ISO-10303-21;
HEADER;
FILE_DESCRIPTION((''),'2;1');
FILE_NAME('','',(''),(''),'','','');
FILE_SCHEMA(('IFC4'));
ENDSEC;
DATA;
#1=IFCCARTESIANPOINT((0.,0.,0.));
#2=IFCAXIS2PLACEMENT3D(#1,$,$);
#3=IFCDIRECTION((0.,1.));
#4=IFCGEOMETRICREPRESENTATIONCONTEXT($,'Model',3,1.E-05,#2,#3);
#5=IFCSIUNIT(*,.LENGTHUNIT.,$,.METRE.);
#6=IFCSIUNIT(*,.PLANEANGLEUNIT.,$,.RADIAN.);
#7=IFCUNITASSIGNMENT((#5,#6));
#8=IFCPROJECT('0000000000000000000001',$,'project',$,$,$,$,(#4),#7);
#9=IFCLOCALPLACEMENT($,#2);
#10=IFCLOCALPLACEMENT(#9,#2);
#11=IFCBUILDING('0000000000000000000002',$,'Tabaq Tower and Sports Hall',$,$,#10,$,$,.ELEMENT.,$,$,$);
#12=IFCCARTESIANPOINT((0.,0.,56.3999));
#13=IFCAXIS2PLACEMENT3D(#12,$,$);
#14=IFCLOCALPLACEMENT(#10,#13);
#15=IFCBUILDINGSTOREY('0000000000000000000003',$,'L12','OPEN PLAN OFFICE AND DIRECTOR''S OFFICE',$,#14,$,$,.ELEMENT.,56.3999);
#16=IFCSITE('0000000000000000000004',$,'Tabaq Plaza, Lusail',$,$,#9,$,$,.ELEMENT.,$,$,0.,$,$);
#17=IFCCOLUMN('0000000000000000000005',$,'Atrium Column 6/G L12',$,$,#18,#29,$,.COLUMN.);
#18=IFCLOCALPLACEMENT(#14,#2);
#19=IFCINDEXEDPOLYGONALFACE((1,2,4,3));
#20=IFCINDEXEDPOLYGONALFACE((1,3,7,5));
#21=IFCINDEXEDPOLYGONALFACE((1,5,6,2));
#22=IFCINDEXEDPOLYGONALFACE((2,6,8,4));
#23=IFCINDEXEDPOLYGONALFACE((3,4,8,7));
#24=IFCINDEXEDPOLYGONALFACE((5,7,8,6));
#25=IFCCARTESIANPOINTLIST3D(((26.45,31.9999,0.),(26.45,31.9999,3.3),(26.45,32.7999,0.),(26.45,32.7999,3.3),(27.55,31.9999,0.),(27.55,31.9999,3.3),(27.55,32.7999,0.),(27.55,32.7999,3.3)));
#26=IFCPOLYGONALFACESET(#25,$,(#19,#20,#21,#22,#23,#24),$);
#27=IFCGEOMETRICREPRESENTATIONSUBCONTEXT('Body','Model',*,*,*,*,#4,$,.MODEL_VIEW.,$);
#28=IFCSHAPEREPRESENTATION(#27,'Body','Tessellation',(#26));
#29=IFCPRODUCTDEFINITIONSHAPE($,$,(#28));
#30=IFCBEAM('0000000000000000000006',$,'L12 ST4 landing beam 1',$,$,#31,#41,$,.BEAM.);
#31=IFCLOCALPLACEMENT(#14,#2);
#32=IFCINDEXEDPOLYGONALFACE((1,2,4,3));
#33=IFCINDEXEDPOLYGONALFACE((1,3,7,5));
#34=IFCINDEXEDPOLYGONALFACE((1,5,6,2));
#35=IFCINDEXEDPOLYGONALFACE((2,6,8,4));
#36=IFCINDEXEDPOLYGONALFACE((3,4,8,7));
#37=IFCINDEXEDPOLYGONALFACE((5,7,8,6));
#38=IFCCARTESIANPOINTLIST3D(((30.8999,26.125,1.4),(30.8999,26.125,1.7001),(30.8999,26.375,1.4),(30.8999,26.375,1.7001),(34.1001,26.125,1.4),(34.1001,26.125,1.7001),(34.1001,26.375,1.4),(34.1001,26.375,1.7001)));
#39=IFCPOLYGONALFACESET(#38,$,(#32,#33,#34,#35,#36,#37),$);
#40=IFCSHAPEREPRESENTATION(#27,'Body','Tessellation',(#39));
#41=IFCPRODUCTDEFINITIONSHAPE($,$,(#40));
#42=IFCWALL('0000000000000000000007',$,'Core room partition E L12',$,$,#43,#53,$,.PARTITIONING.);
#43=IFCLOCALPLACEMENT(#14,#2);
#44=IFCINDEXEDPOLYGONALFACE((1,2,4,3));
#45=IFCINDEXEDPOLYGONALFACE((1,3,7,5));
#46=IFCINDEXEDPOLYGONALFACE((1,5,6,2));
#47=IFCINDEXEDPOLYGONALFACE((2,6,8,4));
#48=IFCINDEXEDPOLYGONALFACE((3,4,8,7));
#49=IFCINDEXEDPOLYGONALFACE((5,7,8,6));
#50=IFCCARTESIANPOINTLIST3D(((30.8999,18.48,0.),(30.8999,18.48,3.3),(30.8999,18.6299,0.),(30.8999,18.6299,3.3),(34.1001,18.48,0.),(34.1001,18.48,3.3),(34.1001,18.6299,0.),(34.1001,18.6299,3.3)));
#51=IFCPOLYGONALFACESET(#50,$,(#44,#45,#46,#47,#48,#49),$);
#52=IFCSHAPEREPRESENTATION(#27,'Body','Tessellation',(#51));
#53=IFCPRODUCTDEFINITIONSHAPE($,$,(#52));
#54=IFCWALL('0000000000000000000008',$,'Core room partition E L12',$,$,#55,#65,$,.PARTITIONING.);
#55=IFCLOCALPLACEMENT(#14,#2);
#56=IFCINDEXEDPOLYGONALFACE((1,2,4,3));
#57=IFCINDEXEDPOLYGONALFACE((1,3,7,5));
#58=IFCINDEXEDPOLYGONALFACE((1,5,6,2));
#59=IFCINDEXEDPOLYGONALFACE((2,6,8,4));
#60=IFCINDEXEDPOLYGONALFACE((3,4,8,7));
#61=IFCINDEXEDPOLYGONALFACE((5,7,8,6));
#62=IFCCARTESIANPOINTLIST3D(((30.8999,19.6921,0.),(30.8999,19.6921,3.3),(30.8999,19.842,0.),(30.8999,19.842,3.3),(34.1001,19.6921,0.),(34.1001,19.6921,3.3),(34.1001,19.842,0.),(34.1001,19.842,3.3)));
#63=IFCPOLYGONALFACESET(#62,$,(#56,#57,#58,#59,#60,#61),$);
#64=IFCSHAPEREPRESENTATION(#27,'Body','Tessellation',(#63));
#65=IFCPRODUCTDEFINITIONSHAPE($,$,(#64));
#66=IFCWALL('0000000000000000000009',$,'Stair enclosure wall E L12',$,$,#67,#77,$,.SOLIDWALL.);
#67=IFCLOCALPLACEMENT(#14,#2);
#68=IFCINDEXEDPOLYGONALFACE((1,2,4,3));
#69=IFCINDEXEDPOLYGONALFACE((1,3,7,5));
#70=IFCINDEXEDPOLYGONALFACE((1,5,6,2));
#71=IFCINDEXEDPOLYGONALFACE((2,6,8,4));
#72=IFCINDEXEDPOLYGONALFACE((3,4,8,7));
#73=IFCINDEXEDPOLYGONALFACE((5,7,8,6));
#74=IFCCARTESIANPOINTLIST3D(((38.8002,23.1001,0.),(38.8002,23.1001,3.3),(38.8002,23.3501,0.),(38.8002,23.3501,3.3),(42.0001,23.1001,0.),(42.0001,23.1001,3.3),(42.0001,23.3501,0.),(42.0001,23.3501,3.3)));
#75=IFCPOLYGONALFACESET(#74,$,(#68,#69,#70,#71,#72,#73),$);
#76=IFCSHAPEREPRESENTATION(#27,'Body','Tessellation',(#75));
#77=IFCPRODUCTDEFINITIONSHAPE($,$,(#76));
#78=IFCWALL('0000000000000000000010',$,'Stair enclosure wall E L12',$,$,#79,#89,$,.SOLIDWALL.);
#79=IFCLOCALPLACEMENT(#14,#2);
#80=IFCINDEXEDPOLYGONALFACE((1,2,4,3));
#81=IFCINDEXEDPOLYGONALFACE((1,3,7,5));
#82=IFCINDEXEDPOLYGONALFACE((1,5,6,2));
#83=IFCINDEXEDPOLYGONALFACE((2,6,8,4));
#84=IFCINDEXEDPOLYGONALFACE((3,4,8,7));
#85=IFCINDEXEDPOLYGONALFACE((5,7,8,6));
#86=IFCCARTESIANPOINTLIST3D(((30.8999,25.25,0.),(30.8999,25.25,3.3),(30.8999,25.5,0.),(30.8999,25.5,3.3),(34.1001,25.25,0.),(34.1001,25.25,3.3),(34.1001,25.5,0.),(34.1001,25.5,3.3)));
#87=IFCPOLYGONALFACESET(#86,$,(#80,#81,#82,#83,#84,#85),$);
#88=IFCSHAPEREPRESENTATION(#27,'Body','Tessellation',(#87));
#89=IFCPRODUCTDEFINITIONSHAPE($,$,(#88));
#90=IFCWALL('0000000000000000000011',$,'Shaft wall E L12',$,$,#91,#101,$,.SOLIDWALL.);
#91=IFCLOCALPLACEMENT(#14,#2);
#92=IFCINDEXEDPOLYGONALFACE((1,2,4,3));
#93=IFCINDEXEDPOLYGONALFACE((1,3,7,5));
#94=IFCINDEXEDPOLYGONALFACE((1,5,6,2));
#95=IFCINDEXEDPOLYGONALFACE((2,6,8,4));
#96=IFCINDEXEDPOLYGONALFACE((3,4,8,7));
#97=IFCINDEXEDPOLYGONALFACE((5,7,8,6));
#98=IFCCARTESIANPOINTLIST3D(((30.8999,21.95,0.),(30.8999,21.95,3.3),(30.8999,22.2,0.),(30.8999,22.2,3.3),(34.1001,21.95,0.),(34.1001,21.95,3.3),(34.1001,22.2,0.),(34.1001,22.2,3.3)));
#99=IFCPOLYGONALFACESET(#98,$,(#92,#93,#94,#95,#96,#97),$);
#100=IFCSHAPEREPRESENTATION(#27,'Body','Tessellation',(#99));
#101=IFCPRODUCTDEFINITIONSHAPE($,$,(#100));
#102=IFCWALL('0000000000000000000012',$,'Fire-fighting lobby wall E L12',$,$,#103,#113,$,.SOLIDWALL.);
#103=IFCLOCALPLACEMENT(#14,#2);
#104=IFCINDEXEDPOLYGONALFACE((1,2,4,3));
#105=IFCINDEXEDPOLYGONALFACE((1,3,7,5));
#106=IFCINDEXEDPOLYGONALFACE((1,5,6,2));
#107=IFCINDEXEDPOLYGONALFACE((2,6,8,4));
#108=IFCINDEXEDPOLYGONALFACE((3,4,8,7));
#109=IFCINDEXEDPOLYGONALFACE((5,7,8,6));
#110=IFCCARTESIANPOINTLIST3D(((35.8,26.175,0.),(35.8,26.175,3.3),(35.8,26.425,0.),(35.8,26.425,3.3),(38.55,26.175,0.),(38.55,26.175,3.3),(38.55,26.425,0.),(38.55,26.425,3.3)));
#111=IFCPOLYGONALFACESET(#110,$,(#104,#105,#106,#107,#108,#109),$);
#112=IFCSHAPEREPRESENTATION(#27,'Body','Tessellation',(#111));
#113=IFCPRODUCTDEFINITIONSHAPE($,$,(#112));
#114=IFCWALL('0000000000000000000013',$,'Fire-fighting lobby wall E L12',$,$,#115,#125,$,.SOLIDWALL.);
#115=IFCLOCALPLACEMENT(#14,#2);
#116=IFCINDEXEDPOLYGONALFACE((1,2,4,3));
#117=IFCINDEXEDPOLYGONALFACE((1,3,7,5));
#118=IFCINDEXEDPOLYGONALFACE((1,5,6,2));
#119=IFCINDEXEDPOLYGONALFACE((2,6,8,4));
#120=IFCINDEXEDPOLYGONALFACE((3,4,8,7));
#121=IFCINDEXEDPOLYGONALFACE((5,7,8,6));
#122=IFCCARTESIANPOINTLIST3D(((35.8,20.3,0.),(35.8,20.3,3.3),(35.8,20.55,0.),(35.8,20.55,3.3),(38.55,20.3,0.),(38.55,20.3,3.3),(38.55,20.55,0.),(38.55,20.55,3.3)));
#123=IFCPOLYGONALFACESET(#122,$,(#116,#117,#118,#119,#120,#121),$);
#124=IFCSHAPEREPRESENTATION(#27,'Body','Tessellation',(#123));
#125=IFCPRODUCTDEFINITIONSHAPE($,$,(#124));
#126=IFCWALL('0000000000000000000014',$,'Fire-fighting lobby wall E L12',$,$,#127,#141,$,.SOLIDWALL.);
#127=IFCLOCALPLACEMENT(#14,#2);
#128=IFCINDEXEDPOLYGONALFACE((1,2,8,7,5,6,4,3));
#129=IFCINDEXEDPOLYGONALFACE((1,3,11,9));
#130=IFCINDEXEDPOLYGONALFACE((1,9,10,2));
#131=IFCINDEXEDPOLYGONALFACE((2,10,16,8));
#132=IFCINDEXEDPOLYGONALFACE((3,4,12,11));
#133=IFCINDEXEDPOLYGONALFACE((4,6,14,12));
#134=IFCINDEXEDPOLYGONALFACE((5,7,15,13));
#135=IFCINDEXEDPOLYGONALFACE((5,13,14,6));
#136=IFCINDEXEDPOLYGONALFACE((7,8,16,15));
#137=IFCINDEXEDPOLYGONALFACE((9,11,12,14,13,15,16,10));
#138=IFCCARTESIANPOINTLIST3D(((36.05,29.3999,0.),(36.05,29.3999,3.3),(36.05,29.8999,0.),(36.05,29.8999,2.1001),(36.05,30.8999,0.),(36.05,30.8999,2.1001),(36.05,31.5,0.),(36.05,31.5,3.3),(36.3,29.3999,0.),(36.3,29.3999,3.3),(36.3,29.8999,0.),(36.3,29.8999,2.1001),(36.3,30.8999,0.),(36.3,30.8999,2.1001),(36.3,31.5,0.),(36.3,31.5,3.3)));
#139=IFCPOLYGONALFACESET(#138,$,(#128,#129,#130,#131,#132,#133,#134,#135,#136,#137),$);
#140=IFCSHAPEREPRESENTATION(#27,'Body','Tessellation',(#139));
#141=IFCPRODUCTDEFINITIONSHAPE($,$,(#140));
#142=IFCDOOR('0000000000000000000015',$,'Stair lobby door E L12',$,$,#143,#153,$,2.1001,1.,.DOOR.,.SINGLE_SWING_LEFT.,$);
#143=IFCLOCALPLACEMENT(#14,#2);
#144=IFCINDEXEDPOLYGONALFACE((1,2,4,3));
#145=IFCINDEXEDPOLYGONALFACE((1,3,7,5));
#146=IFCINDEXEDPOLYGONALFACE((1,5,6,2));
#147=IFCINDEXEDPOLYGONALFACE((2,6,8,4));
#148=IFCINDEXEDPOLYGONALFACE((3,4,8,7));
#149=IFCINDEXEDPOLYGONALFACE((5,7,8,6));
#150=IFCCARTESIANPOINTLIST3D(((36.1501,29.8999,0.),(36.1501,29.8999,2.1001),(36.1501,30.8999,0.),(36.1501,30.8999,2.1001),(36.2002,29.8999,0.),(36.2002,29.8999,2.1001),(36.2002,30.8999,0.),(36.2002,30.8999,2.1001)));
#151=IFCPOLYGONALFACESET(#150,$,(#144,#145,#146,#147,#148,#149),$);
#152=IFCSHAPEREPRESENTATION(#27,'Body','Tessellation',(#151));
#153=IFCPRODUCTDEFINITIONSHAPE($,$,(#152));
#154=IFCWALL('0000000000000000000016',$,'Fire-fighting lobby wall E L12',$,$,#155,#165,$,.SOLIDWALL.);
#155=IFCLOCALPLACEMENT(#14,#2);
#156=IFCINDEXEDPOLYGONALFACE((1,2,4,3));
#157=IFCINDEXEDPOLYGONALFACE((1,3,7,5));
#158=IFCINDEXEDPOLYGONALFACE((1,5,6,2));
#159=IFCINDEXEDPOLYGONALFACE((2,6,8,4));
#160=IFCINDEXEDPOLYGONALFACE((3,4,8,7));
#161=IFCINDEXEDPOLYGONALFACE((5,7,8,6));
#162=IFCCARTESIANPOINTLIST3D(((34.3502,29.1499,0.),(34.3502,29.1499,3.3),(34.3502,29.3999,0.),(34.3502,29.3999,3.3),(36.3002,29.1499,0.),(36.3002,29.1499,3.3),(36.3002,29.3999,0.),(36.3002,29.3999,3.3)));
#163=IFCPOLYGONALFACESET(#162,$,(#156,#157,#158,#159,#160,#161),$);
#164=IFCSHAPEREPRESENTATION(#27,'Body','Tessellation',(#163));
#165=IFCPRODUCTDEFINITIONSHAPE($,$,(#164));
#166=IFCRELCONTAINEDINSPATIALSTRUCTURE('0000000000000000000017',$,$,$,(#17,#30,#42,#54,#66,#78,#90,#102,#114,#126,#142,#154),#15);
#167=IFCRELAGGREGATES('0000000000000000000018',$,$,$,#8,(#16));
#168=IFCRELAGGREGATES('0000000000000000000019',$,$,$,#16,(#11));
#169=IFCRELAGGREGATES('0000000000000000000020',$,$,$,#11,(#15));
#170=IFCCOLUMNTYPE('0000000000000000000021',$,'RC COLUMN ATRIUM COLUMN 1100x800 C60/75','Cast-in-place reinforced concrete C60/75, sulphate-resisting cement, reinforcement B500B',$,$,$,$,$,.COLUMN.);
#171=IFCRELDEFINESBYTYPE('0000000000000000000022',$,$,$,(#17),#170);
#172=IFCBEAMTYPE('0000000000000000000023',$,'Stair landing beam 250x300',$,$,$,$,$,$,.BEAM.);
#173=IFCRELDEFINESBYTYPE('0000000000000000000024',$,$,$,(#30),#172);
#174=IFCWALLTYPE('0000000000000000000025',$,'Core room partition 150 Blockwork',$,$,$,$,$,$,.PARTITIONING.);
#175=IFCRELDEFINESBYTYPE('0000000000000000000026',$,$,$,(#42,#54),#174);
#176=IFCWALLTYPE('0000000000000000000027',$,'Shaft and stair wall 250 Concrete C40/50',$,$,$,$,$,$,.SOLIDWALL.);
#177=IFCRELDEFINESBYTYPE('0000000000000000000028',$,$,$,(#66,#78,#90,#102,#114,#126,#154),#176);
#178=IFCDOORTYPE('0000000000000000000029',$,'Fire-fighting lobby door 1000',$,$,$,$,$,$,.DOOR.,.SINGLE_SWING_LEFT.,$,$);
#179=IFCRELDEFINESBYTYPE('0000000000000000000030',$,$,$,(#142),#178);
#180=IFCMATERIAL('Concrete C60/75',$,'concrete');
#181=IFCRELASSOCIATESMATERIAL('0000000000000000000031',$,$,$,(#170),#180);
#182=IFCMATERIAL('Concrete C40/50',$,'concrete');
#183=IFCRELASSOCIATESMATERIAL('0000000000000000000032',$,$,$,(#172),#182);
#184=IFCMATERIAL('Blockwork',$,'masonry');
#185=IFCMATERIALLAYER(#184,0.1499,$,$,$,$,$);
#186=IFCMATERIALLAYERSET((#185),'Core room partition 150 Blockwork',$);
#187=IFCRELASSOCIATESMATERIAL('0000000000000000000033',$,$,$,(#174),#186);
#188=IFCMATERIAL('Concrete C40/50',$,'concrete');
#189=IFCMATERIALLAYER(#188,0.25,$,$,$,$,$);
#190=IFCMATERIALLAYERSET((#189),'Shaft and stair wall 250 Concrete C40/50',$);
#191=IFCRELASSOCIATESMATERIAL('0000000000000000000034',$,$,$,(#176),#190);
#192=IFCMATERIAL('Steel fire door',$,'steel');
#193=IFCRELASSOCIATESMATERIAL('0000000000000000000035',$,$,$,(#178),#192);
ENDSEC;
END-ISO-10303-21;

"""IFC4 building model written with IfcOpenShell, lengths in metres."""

from ifc_helpers import new_model, si_unit, direction, frame, frame_2d, origin, origin_2d, place, context, subcontext, project, spatial, rectangle, extrude, material, layer, layer_set, material_profile, profile_set, type_object, element, fill, save


model = new_model("IFC4")

# Units and contexts
model_context = context("Model", 3, precision=1e-05, world=origin(), true_north=direction((0.0, 1.0)))
body_context = subcontext(model_context, "Body", "Model", "MODEL_VIEW")
ifc_project = project(units=[si_unit("LENGTHUNIT", "METRE"), si_unit("PLANEANGLEUNIT", "RADIAN")], contexts=[model_context])

# Site, building, storey
site_placement = place(None, origin())
site = spatial("IfcSite", under=ifc_project, at=site_placement, Name="Tabaq Plaza, Lusail", CompositionType="ELEMENT", RefElevation=0.0)
building_placement = place(site_placement, origin())
building = spatial("IfcBuilding", under=site, at=building_placement, Name="Tabaq Tower and Sports Hall", CompositionType="ELEMENT")
storey_placement = place(building_placement, frame((0.0, 0.0, 56.3999)))
storey = spatial("IfcBuildingStorey", under=building, at=storey_placement, Name="L12", Description="OPEN PLAN OFFICE AND DIRECTOR'S OFFICE", CompositionType="ELEMENT", Elevation=56.3999)

# Column
ifc_material_1 = material(Name="Concrete C60/75", Category="concrete")
ifc_material_profile_1 = material_profile(ifc_material_1, rectangle(XDim=1.1001, YDim=0.8, at=origin_2d()), Name="ATRIUM COLUMN 1100x800")
ifc_profile_set_1 = profile_set([ifc_material_profile_1], Name="Concrete C60/75")
column_type = type_object("IfcColumnType", Name="RC COLUMN ATRIUM COLUMN 1100x800 C60/75", Description="Cast-in-place reinforced concrete C60/75, sulphate-resisting cement, reinforcement B500B", PredefinedType="COLUMN", material=ifc_profile_set_1)
column_placement = place(storey_placement, frame((27.0, 32.3999, 0.0), z_axis=(0.0, 0.0, 1.0), x_axis=(1.0, 0.0, 0.0)))
element("IfcColumn", 1, at=column_placement, inside=storey, type_object=column_type, Name="Atrium Column 6/G L12", PredefinedType="COLUMN", context=body_context, shape_type="SweptSolid", body=[
    extrude(rectangle(XDim=1.1001, YDim=0.8, at=origin_2d()), origin(), (0.0, 0.0, 1.0), 3.3),
])

# Beam
ifc_material_2 = material(Name="Concrete C40/50", Category="concrete")
ifc_material_profile_2 = material_profile(ifc_material_2, rectangle(XDim=0.25, YDim=0.3, at=origin_2d()), Name="RC 250x300")
ifc_profile_set_2 = profile_set([ifc_material_profile_2], Name="Concrete C40/50")
beam_type = type_object("IfcBeamType", Name="Stair landing beam 250x300", PredefinedType="BEAM", material=ifc_profile_set_2)
beam_placement = place(storey_placement, frame((30.8999, 26.25, 1.55), z_axis=(1.0, 0.0, 0.0), x_axis=(0.0, 1.0, 0.0)))
element("IfcBeam", 2, at=beam_placement, inside=storey, type_object=beam_type, Name="L12 ST4 landing beam 1", PredefinedType="BEAM", context=body_context, shape_type="SweptSolid", body=[
    extrude(rectangle(XDim=0.25, YDim=0.3, at=origin_2d()), origin(), (0.0, 0.0, 1.0), 3.2002),
])

# Walls
ifc_material_3 = material(Name="Blockwork", Category="masonry")
ifc_layer_1 = layer(ifc_material_3, 0.1499)
ifc_layer_set_1 = layer_set([ifc_layer_1], Name="Core room partition 150 Blockwork")
wall_type_1 = type_object("IfcWallType", Name="Core room partition 150 Blockwork", PredefinedType="PARTITIONING", material=ifc_layer_set_1)
for number, where, z_axis, x_axis, name in (
    (3, (30.8999, 18.5549, 0.0), (0.0, 0.0, 1.0), (1.0, 0.0, 0.0), "Core room partition E L12"),
    (4, (30.8999, 19.7671, 0.0), (0.0, 0.0, 1.0), (1.0, 0.0, 0.0), "Core room partition E L12"),
):
    element("IfcWall", number, at=place(storey_placement, frame(where, z_axis=z_axis, x_axis=x_axis)), inside=storey, type_object=wall_type_1, Name=name, PredefinedType="PARTITIONING", context=body_context, shape_type="SweptSolid", body=[
        extrude(rectangle(XDim=3.2002, YDim=0.1499, at=frame_2d((1.6001, 0.0))), origin(), (0.0, 0.0, 1.0), 3.3),
    ])

# Walls
ifc_material_4 = material(Name="Concrete C40/50", Category="concrete")
ifc_layer_2 = layer(ifc_material_4, 0.25)
ifc_layer_set_2 = layer_set([ifc_layer_2], Name="Shaft and stair wall 250 Concrete C40/50")
wall_type_2 = type_object("IfcWallType", Name="Shaft and stair wall 250 Concrete C40/50", PredefinedType="SOLIDWALL", material=ifc_layer_set_2)
wall_1_placement = place(storey_placement, frame((38.8, 23.2251, 0.0), z_axis=(0.0, 0.0, 1.0), x_axis=(1.0, 0.0, 0.0)))
element("IfcWall", 5, at=wall_1_placement, inside=storey, type_object=wall_type_2, Name="Stair enclosure wall E L12", PredefinedType="SOLIDWALL", context=body_context, shape_type="SweptSolid", body=[
    extrude(rectangle(XDim=3.2, YDim=0.25, at=frame_2d((1.6001, 0.0))), origin(), (0.0, 0.0, 1.0), 3.3),
])
for number, where, z_axis, x_axis, name in (
    (6, (30.8999, 25.375, 0.0), (0.0, 0.0, 1.0), (1.0, 0.0, 0.0), "Stair enclosure wall E L12"),
    (7, (30.8999, 22.075, 0.0), (0.0, 0.0, 1.0), (1.0, 0.0, 0.0), "Shaft wall E L12"),
):
    element("IfcWall", number, at=place(storey_placement, frame(where, z_axis=z_axis, x_axis=x_axis)), inside=storey, type_object=wall_type_2, Name=name, PredefinedType="SOLIDWALL", context=body_context, shape_type="SweptSolid", body=[
        extrude(rectangle(XDim=3.2002, YDim=0.25, at=frame_2d((1.6001, 0.0))), origin(), (0.0, 0.0, 1.0), 3.3),
    ])
for number, where, z_axis, x_axis, name in (
    (8, (35.8, 26.3, 0.0), (0.0, 0.0, 1.0), (1.0, 0.0, 0.0), "Fire-fighting lobby wall E L12"),
    (9, (35.8, 20.425, 0.0), (0.0, 0.0, 1.0), (1.0, 0.0, 0.0), "Fire-fighting lobby wall E L12"),
):
    element("IfcWall", number, at=place(storey_placement, frame(where, z_axis=z_axis, x_axis=x_axis)), inside=storey, type_object=wall_type_2, Name=name, PredefinedType="SOLIDWALL", context=body_context, shape_type="SweptSolid", body=[
        extrude(rectangle(XDim=2.75, YDim=0.25, at=frame_2d((1.375, 0.0))), origin(), (0.0, 0.0, 1.0), 3.3),
    ])

# Wall, opening, door
wall_2_placement = place(storey_placement, frame((36.175, 29.3999, 0.0), z_axis=(0.0, 0.0, 1.0), x_axis=(0.0, 1.0, 0.0)))
wall_2 = element("IfcWall", 10, at=wall_2_placement, inside=storey, type_object=wall_type_2, Name="Fire-fighting lobby wall E L12", PredefinedType="SOLIDWALL", context=body_context, shape_type="SweptSolid", body=[
    extrude(rectangle(XDim=2.1001, YDim=0.25, at=frame_2d((1.05, 0.0))), origin(), (0.0, 0.0, 1.0), 3.3),
])
opening_1_placement = place(wall_2_placement, frame((0.5, 0.0, 0.0)))
opening_1 = element("IfcOpeningElement", 11, at=opening_1_placement, cuts=wall_2, PredefinedType="OPENING", context=body_context, shape_type="SweptSolid", body=[
    extrude(rectangle(XDim=1.0, YDim=2.1001, at=frame_2d((0.5, 1.05))), frame((0.0, 0.125, 0.0), z_axis=(0.0, -1.0, 0.0), x_axis=(1.0, 0.0, 0.0)), (0.0, 0.0, 1.0), 0.25),
])
ifc_material_5 = material(Name="Steel fire door", Category="steel")
door_type_1 = type_object("IfcDoorType", Name="Fire-fighting lobby door 1000", OperationType="SINGLE_SWING_LEFT", PredefinedType="DOOR", material=ifc_material_5)
door_1_placement = place(opening_1_placement, origin())
door_1 = element("IfcDoor", 12, at=door_1_placement, inside=storey, type_object=door_type_1, Name="Stair lobby door E L12", OperationType="SINGLE_SWING_LEFT", OverallHeight=2.1001, OverallWidth=1.0, PredefinedType="DOOR", context=body_context, shape_type="SweptSolid", body=[
    extrude(rectangle(XDim=1.0, YDim=2.1001, at=frame_2d((0.5, 1.05))), frame((0.0, 0.0249, 0.0), z_axis=(0.0, -1.0, 0.0), x_axis=(1.0, 0.0, 0.0)), (0.0, 0.0, 1.0), 0.05),
])
fill(opening_1, door_1)

# Wall
wall_3_placement = place(storey_placement, frame((34.3501, 29.2749, 0.0), z_axis=(0.0, 0.0, 1.0), x_axis=(1.0, 0.0, 0.0)))
element("IfcWall", 13, at=wall_3_placement, inside=storey, type_object=wall_type_2, Name="Fire-fighting lobby wall E L12", PredefinedType="SOLIDWALL", context=body_context, shape_type="SweptSolid", body=[
    extrude(rectangle(XDim=1.95, YDim=0.25, at=frame_2d((0.9751, 0.0))), origin(), (0.0, 0.0, 1.0), 3.3),
])

save(model, "model.ifc")
